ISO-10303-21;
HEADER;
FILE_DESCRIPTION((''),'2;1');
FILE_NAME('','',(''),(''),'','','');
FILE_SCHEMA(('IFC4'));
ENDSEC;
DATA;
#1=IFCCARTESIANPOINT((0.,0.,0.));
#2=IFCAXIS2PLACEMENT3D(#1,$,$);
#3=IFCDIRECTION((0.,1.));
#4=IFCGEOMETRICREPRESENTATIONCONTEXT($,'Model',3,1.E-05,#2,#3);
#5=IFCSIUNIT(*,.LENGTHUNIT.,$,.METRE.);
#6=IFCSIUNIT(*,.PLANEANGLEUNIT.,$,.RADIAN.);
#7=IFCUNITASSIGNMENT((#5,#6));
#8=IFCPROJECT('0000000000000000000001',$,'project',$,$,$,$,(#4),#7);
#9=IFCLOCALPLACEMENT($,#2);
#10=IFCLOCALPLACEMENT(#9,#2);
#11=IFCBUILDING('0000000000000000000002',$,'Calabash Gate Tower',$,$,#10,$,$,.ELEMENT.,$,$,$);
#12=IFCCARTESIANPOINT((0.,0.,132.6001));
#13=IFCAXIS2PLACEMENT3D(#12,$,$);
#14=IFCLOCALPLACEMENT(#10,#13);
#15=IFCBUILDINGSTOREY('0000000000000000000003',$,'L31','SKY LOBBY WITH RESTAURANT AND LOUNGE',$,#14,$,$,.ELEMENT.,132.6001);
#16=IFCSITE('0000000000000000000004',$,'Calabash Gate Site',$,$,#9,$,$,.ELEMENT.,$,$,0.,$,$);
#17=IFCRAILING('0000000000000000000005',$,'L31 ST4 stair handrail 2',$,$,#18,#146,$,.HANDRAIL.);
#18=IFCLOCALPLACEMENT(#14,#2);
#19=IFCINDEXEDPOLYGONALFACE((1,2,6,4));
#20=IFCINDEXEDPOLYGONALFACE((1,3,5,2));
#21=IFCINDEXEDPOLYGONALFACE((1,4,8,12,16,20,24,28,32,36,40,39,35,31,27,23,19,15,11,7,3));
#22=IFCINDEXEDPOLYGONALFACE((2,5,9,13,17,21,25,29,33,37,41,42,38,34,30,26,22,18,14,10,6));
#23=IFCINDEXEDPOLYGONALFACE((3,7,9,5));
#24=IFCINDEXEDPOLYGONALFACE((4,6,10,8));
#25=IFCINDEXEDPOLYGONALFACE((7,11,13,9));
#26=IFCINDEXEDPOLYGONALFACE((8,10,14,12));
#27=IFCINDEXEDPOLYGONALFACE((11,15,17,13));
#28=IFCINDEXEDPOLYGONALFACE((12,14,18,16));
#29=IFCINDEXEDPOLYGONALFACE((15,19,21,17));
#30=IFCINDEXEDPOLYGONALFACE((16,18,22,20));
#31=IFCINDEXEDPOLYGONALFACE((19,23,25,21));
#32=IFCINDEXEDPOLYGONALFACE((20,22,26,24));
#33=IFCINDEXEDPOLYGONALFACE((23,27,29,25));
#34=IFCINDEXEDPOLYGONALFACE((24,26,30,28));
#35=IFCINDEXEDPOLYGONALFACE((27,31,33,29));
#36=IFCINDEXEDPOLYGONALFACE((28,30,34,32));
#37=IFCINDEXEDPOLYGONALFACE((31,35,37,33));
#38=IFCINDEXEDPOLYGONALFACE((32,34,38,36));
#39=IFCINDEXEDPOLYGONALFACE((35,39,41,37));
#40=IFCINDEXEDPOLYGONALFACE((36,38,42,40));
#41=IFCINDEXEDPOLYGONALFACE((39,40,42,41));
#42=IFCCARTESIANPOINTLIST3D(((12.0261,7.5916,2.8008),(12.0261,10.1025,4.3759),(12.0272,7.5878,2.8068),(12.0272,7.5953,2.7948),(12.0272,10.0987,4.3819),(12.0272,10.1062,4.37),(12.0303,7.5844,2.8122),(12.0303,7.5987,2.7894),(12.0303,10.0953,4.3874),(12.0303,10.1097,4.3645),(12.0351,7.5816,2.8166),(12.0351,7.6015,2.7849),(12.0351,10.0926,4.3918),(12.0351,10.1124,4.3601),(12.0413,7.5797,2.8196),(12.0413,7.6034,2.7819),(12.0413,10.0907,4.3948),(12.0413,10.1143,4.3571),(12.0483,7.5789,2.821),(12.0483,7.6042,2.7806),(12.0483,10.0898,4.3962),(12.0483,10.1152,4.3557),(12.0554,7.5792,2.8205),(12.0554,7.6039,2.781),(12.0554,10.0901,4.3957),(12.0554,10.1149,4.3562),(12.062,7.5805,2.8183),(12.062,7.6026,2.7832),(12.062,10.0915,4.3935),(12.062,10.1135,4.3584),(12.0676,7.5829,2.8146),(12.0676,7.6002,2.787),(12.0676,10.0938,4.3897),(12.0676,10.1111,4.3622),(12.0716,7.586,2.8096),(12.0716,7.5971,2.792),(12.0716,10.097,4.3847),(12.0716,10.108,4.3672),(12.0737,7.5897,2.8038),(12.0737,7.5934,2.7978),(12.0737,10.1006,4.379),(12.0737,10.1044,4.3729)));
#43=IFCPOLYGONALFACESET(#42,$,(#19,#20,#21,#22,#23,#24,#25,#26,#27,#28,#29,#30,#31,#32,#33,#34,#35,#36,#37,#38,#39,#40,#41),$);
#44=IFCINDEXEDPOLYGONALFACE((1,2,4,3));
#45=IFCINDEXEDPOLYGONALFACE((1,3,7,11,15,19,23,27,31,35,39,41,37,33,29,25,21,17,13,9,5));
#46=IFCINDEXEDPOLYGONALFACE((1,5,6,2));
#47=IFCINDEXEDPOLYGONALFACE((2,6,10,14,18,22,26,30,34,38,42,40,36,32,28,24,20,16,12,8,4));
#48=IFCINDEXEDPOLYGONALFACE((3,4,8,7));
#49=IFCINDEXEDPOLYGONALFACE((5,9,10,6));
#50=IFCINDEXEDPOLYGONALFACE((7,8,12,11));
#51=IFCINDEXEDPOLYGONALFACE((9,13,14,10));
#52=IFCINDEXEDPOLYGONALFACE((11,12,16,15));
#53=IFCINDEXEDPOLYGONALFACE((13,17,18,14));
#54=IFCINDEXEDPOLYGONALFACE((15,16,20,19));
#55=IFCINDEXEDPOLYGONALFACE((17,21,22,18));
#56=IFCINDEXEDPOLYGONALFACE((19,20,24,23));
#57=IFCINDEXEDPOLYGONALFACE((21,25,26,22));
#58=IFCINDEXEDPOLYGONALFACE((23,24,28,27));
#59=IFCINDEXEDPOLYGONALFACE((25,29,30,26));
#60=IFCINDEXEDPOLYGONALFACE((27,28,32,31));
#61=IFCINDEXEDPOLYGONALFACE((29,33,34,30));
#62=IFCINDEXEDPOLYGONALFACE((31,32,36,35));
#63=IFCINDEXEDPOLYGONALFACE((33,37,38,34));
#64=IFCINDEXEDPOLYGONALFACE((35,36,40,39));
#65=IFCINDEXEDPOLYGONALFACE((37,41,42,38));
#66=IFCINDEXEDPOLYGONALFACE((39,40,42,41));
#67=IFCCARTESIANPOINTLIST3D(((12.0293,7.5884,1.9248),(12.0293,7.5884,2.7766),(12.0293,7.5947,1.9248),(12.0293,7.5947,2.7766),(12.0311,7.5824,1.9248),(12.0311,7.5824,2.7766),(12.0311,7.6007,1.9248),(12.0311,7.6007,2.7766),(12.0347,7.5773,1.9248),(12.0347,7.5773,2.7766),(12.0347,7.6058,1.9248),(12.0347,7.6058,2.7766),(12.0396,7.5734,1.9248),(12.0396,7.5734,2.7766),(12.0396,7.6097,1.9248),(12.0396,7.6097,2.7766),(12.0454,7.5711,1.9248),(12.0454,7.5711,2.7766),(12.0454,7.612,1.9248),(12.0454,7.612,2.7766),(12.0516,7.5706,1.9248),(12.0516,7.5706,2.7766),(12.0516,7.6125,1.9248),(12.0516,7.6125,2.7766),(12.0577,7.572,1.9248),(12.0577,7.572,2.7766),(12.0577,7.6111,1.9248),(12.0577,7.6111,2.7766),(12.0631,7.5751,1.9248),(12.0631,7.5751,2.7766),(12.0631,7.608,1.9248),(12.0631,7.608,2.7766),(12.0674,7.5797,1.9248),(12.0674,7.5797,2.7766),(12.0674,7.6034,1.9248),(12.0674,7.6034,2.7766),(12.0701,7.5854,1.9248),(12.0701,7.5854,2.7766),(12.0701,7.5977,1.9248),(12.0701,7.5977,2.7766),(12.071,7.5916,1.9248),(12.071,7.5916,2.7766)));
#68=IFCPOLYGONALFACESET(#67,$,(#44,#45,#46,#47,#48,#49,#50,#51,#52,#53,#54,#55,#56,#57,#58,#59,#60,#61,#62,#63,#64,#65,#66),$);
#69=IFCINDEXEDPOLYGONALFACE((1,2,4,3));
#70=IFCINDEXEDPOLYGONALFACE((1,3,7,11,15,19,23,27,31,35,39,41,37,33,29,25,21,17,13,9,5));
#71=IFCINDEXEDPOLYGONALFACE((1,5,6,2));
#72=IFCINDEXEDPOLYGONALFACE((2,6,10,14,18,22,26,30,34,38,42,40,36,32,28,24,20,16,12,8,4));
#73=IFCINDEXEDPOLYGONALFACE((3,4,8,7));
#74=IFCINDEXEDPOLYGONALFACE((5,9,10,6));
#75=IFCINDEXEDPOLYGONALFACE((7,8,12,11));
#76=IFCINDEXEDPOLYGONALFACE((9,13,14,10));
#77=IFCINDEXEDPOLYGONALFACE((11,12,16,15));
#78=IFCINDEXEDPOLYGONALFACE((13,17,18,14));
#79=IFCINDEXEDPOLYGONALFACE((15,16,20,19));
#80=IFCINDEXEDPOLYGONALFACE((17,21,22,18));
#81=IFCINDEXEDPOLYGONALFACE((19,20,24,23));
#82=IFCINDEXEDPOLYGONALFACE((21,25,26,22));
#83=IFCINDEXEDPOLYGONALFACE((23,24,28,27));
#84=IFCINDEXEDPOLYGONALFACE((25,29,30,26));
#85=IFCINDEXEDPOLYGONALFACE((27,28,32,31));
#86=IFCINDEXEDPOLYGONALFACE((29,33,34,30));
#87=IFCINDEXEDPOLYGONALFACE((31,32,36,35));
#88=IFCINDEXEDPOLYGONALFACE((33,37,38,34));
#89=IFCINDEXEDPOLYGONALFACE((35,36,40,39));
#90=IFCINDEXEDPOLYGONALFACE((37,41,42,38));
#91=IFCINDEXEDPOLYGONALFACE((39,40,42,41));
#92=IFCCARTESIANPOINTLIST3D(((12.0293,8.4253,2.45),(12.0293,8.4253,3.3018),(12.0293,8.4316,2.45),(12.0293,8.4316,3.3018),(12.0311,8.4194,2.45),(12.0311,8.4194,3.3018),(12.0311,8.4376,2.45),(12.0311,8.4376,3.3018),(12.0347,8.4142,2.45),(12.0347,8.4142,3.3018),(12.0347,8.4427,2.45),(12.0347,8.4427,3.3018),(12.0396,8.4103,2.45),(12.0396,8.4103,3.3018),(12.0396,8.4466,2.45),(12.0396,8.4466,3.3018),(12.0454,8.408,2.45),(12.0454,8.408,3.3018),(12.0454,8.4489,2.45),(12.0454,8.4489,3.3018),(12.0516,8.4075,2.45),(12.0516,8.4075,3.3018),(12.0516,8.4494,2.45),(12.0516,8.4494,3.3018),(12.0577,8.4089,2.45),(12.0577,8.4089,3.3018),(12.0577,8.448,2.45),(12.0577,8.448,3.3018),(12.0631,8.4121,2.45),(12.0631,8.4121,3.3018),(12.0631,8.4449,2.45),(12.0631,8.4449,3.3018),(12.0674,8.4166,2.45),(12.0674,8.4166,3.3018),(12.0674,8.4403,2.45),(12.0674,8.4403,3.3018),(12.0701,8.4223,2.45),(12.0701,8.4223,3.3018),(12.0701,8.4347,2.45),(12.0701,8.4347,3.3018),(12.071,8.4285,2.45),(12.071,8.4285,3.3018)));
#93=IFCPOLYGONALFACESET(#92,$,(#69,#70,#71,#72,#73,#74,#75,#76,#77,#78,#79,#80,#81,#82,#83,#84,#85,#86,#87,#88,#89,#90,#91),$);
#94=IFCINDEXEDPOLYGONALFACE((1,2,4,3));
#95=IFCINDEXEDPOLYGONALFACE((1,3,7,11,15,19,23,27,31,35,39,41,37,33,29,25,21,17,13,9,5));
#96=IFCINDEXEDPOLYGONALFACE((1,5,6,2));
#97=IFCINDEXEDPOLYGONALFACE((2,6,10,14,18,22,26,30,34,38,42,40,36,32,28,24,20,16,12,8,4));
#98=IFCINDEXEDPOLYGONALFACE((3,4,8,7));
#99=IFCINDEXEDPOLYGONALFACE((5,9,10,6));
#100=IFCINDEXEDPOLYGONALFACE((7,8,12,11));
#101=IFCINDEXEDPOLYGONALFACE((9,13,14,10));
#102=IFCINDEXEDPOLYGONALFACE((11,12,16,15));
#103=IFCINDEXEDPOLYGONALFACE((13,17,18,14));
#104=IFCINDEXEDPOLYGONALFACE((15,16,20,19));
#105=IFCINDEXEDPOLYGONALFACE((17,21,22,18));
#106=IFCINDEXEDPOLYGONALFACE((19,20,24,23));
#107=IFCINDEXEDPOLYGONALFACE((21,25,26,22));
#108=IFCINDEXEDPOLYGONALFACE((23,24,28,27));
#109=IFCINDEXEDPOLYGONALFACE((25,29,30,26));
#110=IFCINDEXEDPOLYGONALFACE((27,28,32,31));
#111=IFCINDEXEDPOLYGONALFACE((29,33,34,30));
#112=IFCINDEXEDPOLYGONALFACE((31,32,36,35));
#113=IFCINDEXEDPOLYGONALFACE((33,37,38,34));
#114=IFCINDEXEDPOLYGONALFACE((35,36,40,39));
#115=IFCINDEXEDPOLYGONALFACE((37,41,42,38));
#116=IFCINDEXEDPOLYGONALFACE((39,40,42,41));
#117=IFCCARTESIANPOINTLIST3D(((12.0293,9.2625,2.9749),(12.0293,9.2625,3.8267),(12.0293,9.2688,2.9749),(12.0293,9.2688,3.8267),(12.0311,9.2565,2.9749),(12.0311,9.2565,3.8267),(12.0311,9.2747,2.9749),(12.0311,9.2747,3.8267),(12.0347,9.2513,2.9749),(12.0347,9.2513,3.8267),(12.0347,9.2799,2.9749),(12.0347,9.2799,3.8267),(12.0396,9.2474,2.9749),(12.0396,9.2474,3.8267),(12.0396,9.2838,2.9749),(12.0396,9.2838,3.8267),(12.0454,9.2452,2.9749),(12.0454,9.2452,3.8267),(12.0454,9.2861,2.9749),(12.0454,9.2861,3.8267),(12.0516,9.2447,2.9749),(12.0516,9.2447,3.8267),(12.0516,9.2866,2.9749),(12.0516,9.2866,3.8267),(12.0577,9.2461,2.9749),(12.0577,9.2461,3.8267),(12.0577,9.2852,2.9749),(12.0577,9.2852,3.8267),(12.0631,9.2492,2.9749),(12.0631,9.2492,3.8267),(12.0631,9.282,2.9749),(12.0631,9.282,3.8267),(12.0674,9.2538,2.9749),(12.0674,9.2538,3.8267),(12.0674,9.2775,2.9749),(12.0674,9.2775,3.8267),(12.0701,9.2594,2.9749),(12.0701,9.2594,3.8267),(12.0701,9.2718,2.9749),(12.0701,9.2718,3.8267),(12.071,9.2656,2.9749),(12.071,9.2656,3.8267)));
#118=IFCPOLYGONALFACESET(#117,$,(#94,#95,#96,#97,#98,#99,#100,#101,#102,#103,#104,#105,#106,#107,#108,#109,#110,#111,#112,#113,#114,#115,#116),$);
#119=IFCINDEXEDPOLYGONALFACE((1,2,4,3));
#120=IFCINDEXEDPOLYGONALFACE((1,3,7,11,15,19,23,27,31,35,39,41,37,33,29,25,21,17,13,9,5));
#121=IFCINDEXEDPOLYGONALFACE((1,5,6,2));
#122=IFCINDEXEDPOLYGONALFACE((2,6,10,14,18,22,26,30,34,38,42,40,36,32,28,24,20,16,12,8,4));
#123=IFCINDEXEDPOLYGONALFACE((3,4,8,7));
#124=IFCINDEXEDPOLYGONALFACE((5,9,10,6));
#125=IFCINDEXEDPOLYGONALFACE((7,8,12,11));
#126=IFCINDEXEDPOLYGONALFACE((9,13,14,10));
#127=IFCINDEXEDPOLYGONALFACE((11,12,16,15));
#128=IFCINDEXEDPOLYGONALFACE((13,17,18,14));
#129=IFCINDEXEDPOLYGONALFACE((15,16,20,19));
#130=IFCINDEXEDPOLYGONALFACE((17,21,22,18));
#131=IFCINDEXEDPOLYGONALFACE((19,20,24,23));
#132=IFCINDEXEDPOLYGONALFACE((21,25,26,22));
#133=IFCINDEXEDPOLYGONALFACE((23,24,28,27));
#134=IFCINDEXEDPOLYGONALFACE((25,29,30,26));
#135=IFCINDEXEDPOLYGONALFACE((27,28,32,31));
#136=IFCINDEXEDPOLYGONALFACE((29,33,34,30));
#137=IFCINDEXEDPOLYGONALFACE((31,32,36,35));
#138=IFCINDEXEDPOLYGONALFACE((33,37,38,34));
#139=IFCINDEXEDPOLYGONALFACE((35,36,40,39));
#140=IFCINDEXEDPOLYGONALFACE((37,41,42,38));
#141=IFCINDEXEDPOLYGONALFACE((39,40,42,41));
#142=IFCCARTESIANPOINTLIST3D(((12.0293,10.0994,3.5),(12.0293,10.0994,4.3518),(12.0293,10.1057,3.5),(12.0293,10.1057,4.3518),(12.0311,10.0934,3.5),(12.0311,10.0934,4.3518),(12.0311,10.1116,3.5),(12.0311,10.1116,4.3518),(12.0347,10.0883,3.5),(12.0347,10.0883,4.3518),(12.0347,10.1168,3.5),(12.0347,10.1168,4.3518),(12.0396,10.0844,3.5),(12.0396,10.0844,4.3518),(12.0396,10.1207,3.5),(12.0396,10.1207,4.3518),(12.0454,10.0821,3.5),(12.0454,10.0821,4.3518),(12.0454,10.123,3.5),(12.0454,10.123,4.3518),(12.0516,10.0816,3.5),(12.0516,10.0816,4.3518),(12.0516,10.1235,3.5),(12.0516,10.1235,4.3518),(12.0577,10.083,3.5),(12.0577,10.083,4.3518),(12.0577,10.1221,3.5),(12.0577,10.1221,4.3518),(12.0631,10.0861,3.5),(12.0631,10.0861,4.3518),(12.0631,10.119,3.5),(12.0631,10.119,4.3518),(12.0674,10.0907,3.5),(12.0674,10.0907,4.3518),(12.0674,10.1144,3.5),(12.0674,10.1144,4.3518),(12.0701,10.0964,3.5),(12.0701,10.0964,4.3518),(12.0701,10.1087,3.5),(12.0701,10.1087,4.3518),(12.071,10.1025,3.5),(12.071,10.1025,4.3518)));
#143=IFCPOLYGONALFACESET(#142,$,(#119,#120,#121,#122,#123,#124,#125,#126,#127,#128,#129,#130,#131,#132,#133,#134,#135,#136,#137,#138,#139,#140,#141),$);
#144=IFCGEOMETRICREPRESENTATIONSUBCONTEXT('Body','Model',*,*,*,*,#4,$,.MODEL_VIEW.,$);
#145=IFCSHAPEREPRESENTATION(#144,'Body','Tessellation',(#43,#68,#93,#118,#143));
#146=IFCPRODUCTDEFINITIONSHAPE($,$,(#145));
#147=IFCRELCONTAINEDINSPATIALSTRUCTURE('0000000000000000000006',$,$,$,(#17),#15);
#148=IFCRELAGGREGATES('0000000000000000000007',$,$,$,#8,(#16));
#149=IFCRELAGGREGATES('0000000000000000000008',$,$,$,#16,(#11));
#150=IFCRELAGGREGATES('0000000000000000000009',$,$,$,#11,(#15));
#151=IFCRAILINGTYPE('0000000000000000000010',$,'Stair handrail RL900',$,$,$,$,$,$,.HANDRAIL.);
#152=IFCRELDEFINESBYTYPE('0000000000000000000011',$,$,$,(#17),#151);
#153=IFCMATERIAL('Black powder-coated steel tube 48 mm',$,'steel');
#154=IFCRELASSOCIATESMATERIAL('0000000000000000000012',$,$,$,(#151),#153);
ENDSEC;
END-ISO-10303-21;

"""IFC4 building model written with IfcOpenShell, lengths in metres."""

from ifc_helpers import new_model, si_unit, direction, frame, origin, origin_2d, place, context, subcontext, project, spatial, circle, extrude, material, type_object, element, save


model = new_model("IFC4")

# Units and contexts
model_context = context("Model", 3, precision=1e-05, world=origin(), true_north=direction((0.0, 1.0)))
body_context = subcontext(model_context, "Body", "Model", "MODEL_VIEW")
ifc_project = project(units=[si_unit("LENGTHUNIT", "METRE"), si_unit("PLANEANGLEUNIT", "RADIAN")], contexts=[model_context])

# Site, building, storey
site_placement = place(None, origin())
site = spatial("IfcSite", under=ifc_project, at=site_placement, Name="Calabash Gate Site", CompositionType="ELEMENT", RefElevation=0.0)
building_placement = place(site_placement, origin())
building = spatial("IfcBuilding", under=site, at=building_placement, Name="Calabash Gate Tower", CompositionType="ELEMENT")
storey_placement = place(building_placement, frame((0.0, 0.0, 132.6001)))
storey = spatial("IfcBuildingStorey", under=building, at=storey_placement, Name="L31", Description="SKY LOBBY WITH RESTAURANT AND LOUNGE", CompositionType="ELEMENT", Elevation=132.6001)

# Railing
ifc_material_1 = material(Name="Black powder-coated steel tube 48 mm", Category="steel")
railing_type_1 = type_object("IfcRailingType", Name="Stair handrail RL900", PredefinedType="HANDRAIL", material=ifc_material_1)
railing_1_placement = place(storey_placement, frame((12.05, 7.5916, 1.9248)))
element("IfcRailing", 1, at=railing_1_placement, inside=storey, type_object=railing_type_1, Name="L31 ST4 stair handrail 2", PredefinedType="HANDRAIL", context=body_context, shape_type="SweptSolid", body=[
    extrude(circle(Radius=0.0239, at=origin_2d()), frame((0.0, 0.0, 0.876), z_axis=(0.0, 0.847113, 0.531412), x_axis=(-1.0, 0.0, 0.0)), (0.0, 0.0, 1.0), 2.9641),
    extrude(circle(Radius=0.021, at=origin_2d()), origin(), (0.0, 0.0, 1.0), 0.8518),
    extrude(circle(Radius=0.021, at=origin_2d()), frame((0.0, 0.8369, 0.5251)), (0.0, 0.0, 1.0), 0.8518),
    extrude(circle(Radius=0.021, at=origin_2d()), frame((0.0, 1.6741, 1.05)), (0.0, 0.0, 1.0), 0.8518),
    extrude(circle(Radius=0.021, at=origin_2d()), frame((0.0, 2.511, 1.5752)), (0.0, 0.0, 1.0), 0.8518),
])

save(model, "model.ifc")
